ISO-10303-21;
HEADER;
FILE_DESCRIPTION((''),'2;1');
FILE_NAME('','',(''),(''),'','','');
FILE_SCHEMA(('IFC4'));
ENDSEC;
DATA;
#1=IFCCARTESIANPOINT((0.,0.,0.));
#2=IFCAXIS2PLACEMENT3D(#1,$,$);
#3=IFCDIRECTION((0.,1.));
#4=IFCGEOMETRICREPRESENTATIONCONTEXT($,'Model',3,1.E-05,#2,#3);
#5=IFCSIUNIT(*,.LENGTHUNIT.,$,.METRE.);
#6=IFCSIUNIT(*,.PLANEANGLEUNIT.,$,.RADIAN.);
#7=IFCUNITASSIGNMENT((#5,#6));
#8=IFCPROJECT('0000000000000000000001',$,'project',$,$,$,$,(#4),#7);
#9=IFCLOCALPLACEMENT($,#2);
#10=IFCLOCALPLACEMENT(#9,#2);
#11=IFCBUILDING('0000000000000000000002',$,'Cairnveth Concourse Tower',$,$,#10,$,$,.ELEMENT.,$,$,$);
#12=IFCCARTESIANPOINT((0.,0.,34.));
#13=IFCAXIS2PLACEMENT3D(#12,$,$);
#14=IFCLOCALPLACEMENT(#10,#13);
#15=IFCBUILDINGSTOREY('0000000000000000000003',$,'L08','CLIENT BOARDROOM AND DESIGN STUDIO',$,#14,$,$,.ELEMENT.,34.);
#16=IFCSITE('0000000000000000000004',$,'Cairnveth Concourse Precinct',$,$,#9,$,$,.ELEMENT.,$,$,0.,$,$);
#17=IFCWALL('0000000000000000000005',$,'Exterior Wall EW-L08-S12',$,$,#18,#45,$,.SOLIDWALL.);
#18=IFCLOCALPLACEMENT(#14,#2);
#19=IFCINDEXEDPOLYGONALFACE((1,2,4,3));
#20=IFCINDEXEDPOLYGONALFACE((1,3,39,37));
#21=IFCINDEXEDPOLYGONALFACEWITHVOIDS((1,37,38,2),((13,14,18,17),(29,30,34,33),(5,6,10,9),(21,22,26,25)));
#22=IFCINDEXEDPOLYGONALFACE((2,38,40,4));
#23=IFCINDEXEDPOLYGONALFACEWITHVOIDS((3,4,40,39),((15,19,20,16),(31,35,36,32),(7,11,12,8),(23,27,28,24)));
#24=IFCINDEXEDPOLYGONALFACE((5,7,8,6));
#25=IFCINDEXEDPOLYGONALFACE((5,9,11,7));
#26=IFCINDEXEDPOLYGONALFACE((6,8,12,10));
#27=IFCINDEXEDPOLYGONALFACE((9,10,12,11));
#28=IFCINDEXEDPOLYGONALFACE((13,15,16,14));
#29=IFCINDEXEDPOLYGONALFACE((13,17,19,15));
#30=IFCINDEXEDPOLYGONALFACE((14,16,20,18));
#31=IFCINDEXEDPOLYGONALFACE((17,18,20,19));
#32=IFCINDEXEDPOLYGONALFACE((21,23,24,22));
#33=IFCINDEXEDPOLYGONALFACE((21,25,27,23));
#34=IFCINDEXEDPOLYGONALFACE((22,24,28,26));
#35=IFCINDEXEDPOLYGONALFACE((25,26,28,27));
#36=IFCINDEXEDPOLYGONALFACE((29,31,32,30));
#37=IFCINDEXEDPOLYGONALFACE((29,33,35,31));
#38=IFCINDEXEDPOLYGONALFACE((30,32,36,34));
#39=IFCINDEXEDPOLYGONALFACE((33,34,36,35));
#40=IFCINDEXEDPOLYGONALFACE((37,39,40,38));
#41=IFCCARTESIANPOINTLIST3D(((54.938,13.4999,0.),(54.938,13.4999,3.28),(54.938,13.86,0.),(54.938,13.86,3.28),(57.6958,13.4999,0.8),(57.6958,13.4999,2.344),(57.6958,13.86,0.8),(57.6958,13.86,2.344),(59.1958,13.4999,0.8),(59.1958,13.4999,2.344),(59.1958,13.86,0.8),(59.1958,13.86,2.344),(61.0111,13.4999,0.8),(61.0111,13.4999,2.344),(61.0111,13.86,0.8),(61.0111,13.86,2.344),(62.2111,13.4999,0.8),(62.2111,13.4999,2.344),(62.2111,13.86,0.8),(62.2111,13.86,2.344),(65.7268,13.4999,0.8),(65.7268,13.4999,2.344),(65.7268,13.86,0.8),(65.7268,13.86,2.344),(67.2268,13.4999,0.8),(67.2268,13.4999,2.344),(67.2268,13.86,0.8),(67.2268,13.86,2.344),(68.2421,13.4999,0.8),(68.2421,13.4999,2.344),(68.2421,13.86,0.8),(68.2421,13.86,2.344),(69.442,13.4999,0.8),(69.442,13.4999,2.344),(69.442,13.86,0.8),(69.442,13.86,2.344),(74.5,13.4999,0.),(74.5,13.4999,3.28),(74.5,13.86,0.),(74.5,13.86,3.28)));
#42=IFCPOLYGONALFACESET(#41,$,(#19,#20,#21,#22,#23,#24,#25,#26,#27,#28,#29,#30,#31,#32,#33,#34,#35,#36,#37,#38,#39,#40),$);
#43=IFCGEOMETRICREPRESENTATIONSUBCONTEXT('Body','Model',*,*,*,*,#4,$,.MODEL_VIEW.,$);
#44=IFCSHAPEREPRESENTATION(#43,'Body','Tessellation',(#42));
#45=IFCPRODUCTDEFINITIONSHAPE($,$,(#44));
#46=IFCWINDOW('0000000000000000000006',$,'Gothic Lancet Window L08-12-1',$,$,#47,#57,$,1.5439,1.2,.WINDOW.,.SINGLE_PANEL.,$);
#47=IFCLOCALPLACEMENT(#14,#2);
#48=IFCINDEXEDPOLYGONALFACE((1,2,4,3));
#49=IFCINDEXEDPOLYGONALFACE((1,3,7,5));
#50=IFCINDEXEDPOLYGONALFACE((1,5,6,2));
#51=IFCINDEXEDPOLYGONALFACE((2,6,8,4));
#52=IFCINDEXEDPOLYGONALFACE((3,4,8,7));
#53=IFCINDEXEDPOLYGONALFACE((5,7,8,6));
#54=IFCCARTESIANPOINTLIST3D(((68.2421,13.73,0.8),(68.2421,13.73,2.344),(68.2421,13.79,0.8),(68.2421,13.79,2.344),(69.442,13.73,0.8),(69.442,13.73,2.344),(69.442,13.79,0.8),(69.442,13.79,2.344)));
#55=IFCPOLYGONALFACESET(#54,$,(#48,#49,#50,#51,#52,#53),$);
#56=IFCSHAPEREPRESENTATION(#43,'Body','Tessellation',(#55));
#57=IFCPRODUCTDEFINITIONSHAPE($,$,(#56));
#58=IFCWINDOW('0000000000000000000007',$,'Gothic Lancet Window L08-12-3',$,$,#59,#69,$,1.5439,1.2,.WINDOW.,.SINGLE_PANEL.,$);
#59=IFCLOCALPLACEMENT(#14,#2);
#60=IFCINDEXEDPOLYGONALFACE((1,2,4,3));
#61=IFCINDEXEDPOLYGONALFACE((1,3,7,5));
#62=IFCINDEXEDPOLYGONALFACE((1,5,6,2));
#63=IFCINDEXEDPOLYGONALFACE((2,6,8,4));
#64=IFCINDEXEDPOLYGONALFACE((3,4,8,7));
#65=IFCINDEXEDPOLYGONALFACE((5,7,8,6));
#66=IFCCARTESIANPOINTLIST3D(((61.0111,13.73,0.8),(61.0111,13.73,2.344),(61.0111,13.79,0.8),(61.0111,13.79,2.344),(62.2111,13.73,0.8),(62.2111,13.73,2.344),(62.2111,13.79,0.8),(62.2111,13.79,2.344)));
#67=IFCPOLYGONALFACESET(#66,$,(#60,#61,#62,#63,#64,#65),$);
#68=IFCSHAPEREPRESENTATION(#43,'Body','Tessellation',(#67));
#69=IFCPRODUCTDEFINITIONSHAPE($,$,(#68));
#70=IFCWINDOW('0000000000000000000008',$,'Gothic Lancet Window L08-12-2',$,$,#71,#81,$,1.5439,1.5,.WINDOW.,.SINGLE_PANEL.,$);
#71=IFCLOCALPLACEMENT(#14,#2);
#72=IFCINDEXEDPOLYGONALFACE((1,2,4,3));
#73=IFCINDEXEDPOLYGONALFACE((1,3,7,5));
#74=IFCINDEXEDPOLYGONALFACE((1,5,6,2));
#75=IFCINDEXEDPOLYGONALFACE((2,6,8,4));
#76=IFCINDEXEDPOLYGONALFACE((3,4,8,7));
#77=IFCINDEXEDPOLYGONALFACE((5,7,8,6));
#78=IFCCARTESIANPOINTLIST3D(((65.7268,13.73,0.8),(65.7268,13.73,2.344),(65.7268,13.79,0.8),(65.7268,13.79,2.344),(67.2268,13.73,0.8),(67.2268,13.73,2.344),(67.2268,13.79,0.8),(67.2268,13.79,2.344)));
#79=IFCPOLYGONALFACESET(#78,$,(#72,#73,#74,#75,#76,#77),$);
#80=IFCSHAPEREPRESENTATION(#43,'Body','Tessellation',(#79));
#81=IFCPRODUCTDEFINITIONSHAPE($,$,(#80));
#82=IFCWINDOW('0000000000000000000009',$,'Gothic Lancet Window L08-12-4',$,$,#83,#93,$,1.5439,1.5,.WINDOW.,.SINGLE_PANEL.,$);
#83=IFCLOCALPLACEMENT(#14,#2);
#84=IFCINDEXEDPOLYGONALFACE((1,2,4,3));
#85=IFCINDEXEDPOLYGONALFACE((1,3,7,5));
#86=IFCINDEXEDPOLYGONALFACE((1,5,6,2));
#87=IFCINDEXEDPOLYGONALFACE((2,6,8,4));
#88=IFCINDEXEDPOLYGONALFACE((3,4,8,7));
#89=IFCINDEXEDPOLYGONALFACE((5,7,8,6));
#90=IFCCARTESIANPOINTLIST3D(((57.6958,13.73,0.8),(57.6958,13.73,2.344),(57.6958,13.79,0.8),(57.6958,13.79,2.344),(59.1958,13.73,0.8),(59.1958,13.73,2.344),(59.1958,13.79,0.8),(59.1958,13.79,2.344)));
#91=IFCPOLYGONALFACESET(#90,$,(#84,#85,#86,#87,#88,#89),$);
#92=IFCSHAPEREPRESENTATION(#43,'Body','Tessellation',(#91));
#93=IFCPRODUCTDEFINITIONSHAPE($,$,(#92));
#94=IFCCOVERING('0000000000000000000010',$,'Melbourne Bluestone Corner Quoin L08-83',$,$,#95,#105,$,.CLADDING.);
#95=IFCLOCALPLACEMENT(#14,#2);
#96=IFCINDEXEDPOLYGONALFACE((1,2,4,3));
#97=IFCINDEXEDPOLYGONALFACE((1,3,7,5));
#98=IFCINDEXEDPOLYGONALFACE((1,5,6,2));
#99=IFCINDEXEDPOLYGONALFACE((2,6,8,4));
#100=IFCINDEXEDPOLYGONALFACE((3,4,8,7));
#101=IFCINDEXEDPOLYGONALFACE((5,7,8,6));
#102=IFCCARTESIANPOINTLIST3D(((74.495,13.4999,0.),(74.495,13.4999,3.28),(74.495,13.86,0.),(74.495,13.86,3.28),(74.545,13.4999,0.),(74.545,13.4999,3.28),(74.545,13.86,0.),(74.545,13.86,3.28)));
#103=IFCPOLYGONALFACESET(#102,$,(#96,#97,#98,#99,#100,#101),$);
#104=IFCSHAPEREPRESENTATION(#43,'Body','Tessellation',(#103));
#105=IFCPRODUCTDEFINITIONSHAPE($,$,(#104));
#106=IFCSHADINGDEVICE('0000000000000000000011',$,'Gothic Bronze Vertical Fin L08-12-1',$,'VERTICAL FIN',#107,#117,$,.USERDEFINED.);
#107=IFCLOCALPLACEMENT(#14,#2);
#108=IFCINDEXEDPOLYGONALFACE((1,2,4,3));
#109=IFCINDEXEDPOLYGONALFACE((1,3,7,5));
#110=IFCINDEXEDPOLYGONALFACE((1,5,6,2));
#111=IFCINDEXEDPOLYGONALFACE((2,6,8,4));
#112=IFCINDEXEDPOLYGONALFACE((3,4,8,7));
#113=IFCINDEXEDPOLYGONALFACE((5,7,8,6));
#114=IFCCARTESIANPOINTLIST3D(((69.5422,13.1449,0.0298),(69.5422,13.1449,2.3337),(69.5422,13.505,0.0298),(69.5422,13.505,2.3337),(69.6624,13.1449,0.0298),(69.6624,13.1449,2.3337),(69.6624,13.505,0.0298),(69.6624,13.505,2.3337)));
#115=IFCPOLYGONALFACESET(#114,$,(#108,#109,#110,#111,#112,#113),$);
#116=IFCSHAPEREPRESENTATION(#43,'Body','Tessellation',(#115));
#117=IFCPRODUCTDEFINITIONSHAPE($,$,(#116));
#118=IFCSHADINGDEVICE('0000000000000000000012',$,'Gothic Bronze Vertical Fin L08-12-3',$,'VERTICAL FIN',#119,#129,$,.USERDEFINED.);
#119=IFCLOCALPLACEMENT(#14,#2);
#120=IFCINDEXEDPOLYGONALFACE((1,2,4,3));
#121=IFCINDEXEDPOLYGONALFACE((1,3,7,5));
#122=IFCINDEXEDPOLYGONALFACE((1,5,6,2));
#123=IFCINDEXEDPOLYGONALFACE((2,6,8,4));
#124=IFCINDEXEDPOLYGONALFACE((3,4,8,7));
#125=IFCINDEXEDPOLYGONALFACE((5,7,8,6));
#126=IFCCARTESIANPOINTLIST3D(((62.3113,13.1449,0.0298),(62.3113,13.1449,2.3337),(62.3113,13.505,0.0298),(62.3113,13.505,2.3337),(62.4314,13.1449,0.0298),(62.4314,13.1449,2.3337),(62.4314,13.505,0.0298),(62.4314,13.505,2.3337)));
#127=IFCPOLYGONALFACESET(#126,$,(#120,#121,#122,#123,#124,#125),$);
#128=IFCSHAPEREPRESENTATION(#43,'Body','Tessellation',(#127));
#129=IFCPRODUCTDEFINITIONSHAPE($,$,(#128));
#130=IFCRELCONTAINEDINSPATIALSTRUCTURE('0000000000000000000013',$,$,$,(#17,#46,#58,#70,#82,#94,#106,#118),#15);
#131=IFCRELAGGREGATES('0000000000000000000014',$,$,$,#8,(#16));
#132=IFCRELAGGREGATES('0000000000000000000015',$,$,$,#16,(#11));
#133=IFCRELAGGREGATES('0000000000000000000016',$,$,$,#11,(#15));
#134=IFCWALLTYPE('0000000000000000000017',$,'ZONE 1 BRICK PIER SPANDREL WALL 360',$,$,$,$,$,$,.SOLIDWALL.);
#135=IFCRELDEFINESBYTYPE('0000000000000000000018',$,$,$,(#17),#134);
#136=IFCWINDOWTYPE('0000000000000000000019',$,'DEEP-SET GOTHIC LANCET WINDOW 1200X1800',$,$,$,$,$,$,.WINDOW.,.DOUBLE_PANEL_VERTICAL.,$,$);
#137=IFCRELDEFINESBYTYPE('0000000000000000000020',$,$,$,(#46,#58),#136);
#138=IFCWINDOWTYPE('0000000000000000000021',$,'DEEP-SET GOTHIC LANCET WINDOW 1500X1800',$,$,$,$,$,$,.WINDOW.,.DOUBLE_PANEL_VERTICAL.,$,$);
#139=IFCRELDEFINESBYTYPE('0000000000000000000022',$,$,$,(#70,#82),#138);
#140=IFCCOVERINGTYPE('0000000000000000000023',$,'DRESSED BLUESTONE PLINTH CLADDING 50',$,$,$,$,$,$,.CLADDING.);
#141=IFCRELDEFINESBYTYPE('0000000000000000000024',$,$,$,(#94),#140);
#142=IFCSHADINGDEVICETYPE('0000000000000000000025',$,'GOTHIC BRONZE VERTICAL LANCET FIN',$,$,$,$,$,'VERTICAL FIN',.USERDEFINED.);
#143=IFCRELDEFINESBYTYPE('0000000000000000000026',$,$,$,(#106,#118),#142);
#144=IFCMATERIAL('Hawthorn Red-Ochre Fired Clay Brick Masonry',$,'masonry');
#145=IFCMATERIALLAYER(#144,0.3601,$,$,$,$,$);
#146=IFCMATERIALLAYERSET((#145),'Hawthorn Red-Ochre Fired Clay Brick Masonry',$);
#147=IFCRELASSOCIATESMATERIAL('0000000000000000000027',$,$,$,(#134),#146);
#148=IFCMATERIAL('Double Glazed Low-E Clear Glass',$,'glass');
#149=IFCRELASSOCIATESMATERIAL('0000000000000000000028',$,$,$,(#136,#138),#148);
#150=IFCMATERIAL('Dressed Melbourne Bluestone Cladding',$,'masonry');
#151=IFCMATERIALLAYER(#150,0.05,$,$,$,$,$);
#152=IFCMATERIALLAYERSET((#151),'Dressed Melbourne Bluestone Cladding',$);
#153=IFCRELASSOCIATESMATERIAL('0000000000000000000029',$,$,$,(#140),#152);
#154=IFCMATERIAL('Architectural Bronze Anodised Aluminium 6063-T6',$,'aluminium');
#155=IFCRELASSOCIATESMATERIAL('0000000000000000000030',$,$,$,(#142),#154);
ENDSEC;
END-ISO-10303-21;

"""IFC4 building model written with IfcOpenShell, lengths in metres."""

from ifc_helpers import new_model, si_unit, direction, frame, frame_2d, origin, origin_2d, place, context, subcontext, project, spatial, rectangle, extrude, material, layer, layer_set, type_object, element, fill, save


model = new_model("IFC4")

# Units and contexts
model_context = context("Model", 3, precision=1e-05, world=origin(), true_north=direction((0.0, 1.0)))
body_context = subcontext(model_context, "Body", "Model", "MODEL_VIEW")
ifc_project = project(units=[si_unit("LENGTHUNIT", "METRE"), si_unit("PLANEANGLEUNIT", "RADIAN")], contexts=[model_context])

# Site, building, storey
site_placement = place(None, origin())
site = spatial("IfcSite", under=ifc_project, at=site_placement, Name="Cairnveth Concourse Precinct", CompositionType="ELEMENT", RefElevation=0.0)
building_placement = place(site_placement, origin())
building = spatial("IfcBuilding", under=site, at=building_placement, Name="Cairnveth Concourse Tower", CompositionType="ELEMENT")
storey_placement = place(building_placement, frame((0.0, 0.0, 34.0)))
storey = spatial("IfcBuildingStorey", under=building, at=storey_placement, Name="L08", Description="CLIENT BOARDROOM AND DESIGN STUDIO", CompositionType="ELEMENT", Elevation=34.0)

# Shared definitions
ifc_material_1 = material(Name="Hawthorn Red-Ochre Fired Clay Brick Masonry", Category="masonry")
ifc_layer_1 = layer(ifc_material_1, 0.3601)
ifc_layer_set_1 = layer_set([ifc_layer_1], Name="Hawthorn Red-Ochre Fired Clay Brick Masonry")
wall_type_1 = type_object("IfcWallType", Name="ZONE 1 BRICK PIER SPANDREL WALL 360", PredefinedType="SOLIDWALL", material=ifc_layer_set_1)

# Wall, openings, windows
wall_1_placement = place(storey_placement, frame((74.5, 13.6799, 0.0), z_axis=(0.0, 0.0, 1.0), x_axis=(-1.0, 0.0, 0.0)))
wall_1 = element("IfcWall", 1, at=wall_1_placement, inside=storey, type_object=wall_type_1, Name="Exterior Wall EW-L08-S12", PredefinedType="SOLIDWALL", context=body_context, shape_type="SweptSolid", body=[
    extrude(rectangle(XDim=19.562, YDim=0.3601, at=frame_2d((9.781, 0.0))), origin(), (0.0, 0.0, 1.0), 3.28),
])
opening_1_placement = place(wall_1_placement, frame((5.0579, 0.0, 0.8)))
opening_1 = element("IfcOpeningElement", 2, at=opening_1_placement, cuts=wall_1, PredefinedType="OPENING", context=body_context, shape_type="SweptSolid", body=[
    extrude(rectangle(XDim=1.2, YDim=1.5439, at=frame_2d((0.6001, 0.772))), frame((0.0, 0.1899, 0.0), z_axis=(0.0, -1.0, 0.0), x_axis=(1.0, 0.0, 0.0)), (0.0, 0.0, 1.0), 0.3801),
])
opening_2_placement = place(wall_1_placement, frame((7.2732, 0.0, 0.8)))
opening_2 = element("IfcOpeningElement", 3, at=opening_2_placement, cuts=wall_1, PredefinedType="OPENING", context=body_context, shape_type="SweptSolid", body=[
    extrude(rectangle(XDim=1.5, YDim=1.5439, at=frame_2d((0.75, 0.772))), frame((0.0, 0.1899, 0.0), z_axis=(0.0, -1.0, 0.0), x_axis=(1.0, 0.0, 0.0)), (0.0, 0.0, 1.0), 0.3801),
])
opening_3_placement = place(wall_1_placement, frame((12.2888, 0.0, 0.8)))
opening_3 = element("IfcOpeningElement", 4, at=opening_3_placement, cuts=wall_1, PredefinedType="OPENING", context=body_context, shape_type="SweptSolid", body=[
    extrude(rectangle(XDim=1.2, YDim=1.5439, at=frame_2d((0.6001, 0.772))), frame((0.0, 0.1899, 0.0), z_axis=(0.0, -1.0, 0.0), x_axis=(1.0, 0.0, 0.0)), (0.0, 0.0, 1.0), 0.3801),
])
opening_4_placement = place(wall_1_placement, frame((15.3042, 0.0, 0.8)))
opening_4 = element("IfcOpeningElement", 5, at=opening_4_placement, cuts=wall_1, PredefinedType="OPENING", context=body_context, shape_type="SweptSolid", body=[
    extrude(rectangle(XDim=1.5, YDim=1.5439, at=frame_2d((0.75, 0.772))), frame((0.0, 0.1899, 0.0), z_axis=(0.0, -1.0, 0.0), x_axis=(1.0, 0.0, 0.0)), (0.0, 0.0, 1.0), 0.3801),
])
ifc_material_2 = material(Name="Double Glazed Low-E Clear Glass", Category="glass")
window_type_1 = type_object("IfcWindowType", Name="DEEP-SET GOTHIC LANCET WINDOW 1200X1800", PartitioningType="DOUBLE_PANEL_VERTICAL", PredefinedType="WINDOW", material=ifc_material_2)
window_1_placement = place(opening_1_placement, origin())
window_1 = element("IfcWindow", 6, at=window_1_placement, inside=storey, type_object=window_type_1, Name="Gothic Lancet Window L08-12-1", OverallHeight=1.5439, OverallWidth=1.2, PartitioningType="SINGLE_PANEL", PredefinedType="WINDOW", context=body_context, shape_type="SweptSolid", body=[
    extrude(rectangle(XDim=1.2, YDim=1.5439, at=frame_2d((0.6001, 0.772))), frame((0.0, -0.05, 0.0), z_axis=(0.0, -1.0, 0.0), x_axis=(1.0, 0.0, 0.0)), (0.0, 0.0, 1.0), 0.0601),
])
fill(opening_1, window_1)
window_2_placement = place(opening_3_placement, origin())
window_2 = element("IfcWindow", 7, at=window_2_placement, inside=storey, type_object=window_type_1, Name="Gothic Lancet Window L08-12-3", OverallHeight=1.5439, OverallWidth=1.2, PartitioningType="SINGLE_PANEL", PredefinedType="WINDOW", context=body_context, shape_type="SweptSolid", body=[
    extrude(rectangle(XDim=1.2, YDim=1.5439, at=frame_2d((0.6001, 0.772))), frame((0.0, -0.05, 0.0), z_axis=(0.0, -1.0, 0.0), x_axis=(1.0, 0.0, 0.0)), (0.0, 0.0, 1.0), 0.0601),
])
fill(opening_3, window_2)
window_type_2 = type_object("IfcWindowType", Name="DEEP-SET GOTHIC LANCET WINDOW 1500X1800", PartitioningType="DOUBLE_PANEL_VERTICAL", PredefinedType="WINDOW", material=ifc_material_2)
window_3_placement = place(opening_2_placement, origin())
window_3 = element("IfcWindow", 8, at=window_3_placement, inside=storey, type_object=window_type_2, Name="Gothic Lancet Window L08-12-2", OverallHeight=1.5439, OverallWidth=1.5, PartitioningType="SINGLE_PANEL", PredefinedType="WINDOW", context=body_context, shape_type="SweptSolid", body=[
    extrude(rectangle(XDim=1.5, YDim=1.5439, at=frame_2d((0.75, 0.772))), frame((0.0, -0.05, 0.0), z_axis=(0.0, -1.0, 0.0), x_axis=(1.0, 0.0, 0.0)), (0.0, 0.0, 1.0), 0.0601),
])
fill(opening_2, window_3)
window_4_placement = place(opening_4_placement, origin())
window_4 = element("IfcWindow", 9, at=window_4_placement, inside=storey, type_object=window_type_2, Name="Gothic Lancet Window L08-12-4", OverallHeight=1.5439, OverallWidth=1.5, PartitioningType="SINGLE_PANEL", PredefinedType="WINDOW", context=body_context, shape_type="SweptSolid", body=[
    extrude(rectangle(XDim=1.5, YDim=1.5439, at=frame_2d((0.75, 0.772))), frame((0.0, -0.05, 0.0), z_axis=(0.0, -1.0, 0.0), x_axis=(1.0, 0.0, 0.0)), (0.0, 0.0, 1.0), 0.0601),
])
fill(opening_4, window_4)

# Covering
ifc_material_3 = material(Name="Dressed Melbourne Bluestone Cladding", Category="masonry")
ifc_layer_2 = layer(ifc_material_3, 0.05)
ifc_layer_set_2 = layer_set([ifc_layer_2], Name="Dressed Melbourne Bluestone Cladding")
covering_type = type_object("IfcCoveringType", Name="DRESSED BLUESTONE PLINTH CLADDING 50", PredefinedType="CLADDING", material=ifc_layer_set_2)
covering_placement = place(storey_placement, frame((74.52, 13.8601, 0.0), z_axis=(0.0, 0.0, 1.0), x_axis=(0.0, -1.0, 0.0)))
element("IfcCovering", 10, at=covering_placement, inside=storey, type_object=covering_type, Name="Melbourne Bluestone Corner Quoin L08-83", PredefinedType="CLADDING", context=body_context, shape_type="SweptSolid", body=[
    extrude(rectangle(XDim=0.3601, YDim=0.05, at=frame_2d((0.1802, 0.0))), origin(), (0.0, 0.0, 1.0), 3.28),
])

# Shading devices
ifc_material_4 = material(Name="Architectural Bronze Anodised Aluminium 6063-T6", Category="aluminium")
shading_device_type = type_object("IfcShadingDeviceType", Name="GOTHIC BRONZE VERTICAL LANCET FIN", ElementType="VERTICAL FIN", PredefinedType="USERDEFINED", material=ifc_material_4)
for number, where, z_axis, x_axis, name in (
    (11, (69.6023, 13.325, 0.0298), (0.0, 0.0, 1.0), (1.0, 0.0, 0.0), "Gothic Bronze Vertical Fin L08-12-1"),
    (12, (62.3713, 13.325, 0.0298), (0.0, 0.0, 1.0), (1.0, 0.0, 0.0), "Gothic Bronze Vertical Fin L08-12-3"),
):
    element("IfcShadingDevice", number, at=place(storey_placement, frame(where, z_axis=z_axis, x_axis=x_axis)), inside=storey, type_object=shading_device_type, Name=name, ObjectType="VERTICAL FIN", PredefinedType="USERDEFINED", context=body_context, shape_type="SweptSolid", body=[
        extrude(rectangle(XDim=0.1201, YDim=0.3601, at=origin_2d()), origin(), (0.0, 0.0, 1.0), 2.304),
    ])

save(model, "model.ifc")
